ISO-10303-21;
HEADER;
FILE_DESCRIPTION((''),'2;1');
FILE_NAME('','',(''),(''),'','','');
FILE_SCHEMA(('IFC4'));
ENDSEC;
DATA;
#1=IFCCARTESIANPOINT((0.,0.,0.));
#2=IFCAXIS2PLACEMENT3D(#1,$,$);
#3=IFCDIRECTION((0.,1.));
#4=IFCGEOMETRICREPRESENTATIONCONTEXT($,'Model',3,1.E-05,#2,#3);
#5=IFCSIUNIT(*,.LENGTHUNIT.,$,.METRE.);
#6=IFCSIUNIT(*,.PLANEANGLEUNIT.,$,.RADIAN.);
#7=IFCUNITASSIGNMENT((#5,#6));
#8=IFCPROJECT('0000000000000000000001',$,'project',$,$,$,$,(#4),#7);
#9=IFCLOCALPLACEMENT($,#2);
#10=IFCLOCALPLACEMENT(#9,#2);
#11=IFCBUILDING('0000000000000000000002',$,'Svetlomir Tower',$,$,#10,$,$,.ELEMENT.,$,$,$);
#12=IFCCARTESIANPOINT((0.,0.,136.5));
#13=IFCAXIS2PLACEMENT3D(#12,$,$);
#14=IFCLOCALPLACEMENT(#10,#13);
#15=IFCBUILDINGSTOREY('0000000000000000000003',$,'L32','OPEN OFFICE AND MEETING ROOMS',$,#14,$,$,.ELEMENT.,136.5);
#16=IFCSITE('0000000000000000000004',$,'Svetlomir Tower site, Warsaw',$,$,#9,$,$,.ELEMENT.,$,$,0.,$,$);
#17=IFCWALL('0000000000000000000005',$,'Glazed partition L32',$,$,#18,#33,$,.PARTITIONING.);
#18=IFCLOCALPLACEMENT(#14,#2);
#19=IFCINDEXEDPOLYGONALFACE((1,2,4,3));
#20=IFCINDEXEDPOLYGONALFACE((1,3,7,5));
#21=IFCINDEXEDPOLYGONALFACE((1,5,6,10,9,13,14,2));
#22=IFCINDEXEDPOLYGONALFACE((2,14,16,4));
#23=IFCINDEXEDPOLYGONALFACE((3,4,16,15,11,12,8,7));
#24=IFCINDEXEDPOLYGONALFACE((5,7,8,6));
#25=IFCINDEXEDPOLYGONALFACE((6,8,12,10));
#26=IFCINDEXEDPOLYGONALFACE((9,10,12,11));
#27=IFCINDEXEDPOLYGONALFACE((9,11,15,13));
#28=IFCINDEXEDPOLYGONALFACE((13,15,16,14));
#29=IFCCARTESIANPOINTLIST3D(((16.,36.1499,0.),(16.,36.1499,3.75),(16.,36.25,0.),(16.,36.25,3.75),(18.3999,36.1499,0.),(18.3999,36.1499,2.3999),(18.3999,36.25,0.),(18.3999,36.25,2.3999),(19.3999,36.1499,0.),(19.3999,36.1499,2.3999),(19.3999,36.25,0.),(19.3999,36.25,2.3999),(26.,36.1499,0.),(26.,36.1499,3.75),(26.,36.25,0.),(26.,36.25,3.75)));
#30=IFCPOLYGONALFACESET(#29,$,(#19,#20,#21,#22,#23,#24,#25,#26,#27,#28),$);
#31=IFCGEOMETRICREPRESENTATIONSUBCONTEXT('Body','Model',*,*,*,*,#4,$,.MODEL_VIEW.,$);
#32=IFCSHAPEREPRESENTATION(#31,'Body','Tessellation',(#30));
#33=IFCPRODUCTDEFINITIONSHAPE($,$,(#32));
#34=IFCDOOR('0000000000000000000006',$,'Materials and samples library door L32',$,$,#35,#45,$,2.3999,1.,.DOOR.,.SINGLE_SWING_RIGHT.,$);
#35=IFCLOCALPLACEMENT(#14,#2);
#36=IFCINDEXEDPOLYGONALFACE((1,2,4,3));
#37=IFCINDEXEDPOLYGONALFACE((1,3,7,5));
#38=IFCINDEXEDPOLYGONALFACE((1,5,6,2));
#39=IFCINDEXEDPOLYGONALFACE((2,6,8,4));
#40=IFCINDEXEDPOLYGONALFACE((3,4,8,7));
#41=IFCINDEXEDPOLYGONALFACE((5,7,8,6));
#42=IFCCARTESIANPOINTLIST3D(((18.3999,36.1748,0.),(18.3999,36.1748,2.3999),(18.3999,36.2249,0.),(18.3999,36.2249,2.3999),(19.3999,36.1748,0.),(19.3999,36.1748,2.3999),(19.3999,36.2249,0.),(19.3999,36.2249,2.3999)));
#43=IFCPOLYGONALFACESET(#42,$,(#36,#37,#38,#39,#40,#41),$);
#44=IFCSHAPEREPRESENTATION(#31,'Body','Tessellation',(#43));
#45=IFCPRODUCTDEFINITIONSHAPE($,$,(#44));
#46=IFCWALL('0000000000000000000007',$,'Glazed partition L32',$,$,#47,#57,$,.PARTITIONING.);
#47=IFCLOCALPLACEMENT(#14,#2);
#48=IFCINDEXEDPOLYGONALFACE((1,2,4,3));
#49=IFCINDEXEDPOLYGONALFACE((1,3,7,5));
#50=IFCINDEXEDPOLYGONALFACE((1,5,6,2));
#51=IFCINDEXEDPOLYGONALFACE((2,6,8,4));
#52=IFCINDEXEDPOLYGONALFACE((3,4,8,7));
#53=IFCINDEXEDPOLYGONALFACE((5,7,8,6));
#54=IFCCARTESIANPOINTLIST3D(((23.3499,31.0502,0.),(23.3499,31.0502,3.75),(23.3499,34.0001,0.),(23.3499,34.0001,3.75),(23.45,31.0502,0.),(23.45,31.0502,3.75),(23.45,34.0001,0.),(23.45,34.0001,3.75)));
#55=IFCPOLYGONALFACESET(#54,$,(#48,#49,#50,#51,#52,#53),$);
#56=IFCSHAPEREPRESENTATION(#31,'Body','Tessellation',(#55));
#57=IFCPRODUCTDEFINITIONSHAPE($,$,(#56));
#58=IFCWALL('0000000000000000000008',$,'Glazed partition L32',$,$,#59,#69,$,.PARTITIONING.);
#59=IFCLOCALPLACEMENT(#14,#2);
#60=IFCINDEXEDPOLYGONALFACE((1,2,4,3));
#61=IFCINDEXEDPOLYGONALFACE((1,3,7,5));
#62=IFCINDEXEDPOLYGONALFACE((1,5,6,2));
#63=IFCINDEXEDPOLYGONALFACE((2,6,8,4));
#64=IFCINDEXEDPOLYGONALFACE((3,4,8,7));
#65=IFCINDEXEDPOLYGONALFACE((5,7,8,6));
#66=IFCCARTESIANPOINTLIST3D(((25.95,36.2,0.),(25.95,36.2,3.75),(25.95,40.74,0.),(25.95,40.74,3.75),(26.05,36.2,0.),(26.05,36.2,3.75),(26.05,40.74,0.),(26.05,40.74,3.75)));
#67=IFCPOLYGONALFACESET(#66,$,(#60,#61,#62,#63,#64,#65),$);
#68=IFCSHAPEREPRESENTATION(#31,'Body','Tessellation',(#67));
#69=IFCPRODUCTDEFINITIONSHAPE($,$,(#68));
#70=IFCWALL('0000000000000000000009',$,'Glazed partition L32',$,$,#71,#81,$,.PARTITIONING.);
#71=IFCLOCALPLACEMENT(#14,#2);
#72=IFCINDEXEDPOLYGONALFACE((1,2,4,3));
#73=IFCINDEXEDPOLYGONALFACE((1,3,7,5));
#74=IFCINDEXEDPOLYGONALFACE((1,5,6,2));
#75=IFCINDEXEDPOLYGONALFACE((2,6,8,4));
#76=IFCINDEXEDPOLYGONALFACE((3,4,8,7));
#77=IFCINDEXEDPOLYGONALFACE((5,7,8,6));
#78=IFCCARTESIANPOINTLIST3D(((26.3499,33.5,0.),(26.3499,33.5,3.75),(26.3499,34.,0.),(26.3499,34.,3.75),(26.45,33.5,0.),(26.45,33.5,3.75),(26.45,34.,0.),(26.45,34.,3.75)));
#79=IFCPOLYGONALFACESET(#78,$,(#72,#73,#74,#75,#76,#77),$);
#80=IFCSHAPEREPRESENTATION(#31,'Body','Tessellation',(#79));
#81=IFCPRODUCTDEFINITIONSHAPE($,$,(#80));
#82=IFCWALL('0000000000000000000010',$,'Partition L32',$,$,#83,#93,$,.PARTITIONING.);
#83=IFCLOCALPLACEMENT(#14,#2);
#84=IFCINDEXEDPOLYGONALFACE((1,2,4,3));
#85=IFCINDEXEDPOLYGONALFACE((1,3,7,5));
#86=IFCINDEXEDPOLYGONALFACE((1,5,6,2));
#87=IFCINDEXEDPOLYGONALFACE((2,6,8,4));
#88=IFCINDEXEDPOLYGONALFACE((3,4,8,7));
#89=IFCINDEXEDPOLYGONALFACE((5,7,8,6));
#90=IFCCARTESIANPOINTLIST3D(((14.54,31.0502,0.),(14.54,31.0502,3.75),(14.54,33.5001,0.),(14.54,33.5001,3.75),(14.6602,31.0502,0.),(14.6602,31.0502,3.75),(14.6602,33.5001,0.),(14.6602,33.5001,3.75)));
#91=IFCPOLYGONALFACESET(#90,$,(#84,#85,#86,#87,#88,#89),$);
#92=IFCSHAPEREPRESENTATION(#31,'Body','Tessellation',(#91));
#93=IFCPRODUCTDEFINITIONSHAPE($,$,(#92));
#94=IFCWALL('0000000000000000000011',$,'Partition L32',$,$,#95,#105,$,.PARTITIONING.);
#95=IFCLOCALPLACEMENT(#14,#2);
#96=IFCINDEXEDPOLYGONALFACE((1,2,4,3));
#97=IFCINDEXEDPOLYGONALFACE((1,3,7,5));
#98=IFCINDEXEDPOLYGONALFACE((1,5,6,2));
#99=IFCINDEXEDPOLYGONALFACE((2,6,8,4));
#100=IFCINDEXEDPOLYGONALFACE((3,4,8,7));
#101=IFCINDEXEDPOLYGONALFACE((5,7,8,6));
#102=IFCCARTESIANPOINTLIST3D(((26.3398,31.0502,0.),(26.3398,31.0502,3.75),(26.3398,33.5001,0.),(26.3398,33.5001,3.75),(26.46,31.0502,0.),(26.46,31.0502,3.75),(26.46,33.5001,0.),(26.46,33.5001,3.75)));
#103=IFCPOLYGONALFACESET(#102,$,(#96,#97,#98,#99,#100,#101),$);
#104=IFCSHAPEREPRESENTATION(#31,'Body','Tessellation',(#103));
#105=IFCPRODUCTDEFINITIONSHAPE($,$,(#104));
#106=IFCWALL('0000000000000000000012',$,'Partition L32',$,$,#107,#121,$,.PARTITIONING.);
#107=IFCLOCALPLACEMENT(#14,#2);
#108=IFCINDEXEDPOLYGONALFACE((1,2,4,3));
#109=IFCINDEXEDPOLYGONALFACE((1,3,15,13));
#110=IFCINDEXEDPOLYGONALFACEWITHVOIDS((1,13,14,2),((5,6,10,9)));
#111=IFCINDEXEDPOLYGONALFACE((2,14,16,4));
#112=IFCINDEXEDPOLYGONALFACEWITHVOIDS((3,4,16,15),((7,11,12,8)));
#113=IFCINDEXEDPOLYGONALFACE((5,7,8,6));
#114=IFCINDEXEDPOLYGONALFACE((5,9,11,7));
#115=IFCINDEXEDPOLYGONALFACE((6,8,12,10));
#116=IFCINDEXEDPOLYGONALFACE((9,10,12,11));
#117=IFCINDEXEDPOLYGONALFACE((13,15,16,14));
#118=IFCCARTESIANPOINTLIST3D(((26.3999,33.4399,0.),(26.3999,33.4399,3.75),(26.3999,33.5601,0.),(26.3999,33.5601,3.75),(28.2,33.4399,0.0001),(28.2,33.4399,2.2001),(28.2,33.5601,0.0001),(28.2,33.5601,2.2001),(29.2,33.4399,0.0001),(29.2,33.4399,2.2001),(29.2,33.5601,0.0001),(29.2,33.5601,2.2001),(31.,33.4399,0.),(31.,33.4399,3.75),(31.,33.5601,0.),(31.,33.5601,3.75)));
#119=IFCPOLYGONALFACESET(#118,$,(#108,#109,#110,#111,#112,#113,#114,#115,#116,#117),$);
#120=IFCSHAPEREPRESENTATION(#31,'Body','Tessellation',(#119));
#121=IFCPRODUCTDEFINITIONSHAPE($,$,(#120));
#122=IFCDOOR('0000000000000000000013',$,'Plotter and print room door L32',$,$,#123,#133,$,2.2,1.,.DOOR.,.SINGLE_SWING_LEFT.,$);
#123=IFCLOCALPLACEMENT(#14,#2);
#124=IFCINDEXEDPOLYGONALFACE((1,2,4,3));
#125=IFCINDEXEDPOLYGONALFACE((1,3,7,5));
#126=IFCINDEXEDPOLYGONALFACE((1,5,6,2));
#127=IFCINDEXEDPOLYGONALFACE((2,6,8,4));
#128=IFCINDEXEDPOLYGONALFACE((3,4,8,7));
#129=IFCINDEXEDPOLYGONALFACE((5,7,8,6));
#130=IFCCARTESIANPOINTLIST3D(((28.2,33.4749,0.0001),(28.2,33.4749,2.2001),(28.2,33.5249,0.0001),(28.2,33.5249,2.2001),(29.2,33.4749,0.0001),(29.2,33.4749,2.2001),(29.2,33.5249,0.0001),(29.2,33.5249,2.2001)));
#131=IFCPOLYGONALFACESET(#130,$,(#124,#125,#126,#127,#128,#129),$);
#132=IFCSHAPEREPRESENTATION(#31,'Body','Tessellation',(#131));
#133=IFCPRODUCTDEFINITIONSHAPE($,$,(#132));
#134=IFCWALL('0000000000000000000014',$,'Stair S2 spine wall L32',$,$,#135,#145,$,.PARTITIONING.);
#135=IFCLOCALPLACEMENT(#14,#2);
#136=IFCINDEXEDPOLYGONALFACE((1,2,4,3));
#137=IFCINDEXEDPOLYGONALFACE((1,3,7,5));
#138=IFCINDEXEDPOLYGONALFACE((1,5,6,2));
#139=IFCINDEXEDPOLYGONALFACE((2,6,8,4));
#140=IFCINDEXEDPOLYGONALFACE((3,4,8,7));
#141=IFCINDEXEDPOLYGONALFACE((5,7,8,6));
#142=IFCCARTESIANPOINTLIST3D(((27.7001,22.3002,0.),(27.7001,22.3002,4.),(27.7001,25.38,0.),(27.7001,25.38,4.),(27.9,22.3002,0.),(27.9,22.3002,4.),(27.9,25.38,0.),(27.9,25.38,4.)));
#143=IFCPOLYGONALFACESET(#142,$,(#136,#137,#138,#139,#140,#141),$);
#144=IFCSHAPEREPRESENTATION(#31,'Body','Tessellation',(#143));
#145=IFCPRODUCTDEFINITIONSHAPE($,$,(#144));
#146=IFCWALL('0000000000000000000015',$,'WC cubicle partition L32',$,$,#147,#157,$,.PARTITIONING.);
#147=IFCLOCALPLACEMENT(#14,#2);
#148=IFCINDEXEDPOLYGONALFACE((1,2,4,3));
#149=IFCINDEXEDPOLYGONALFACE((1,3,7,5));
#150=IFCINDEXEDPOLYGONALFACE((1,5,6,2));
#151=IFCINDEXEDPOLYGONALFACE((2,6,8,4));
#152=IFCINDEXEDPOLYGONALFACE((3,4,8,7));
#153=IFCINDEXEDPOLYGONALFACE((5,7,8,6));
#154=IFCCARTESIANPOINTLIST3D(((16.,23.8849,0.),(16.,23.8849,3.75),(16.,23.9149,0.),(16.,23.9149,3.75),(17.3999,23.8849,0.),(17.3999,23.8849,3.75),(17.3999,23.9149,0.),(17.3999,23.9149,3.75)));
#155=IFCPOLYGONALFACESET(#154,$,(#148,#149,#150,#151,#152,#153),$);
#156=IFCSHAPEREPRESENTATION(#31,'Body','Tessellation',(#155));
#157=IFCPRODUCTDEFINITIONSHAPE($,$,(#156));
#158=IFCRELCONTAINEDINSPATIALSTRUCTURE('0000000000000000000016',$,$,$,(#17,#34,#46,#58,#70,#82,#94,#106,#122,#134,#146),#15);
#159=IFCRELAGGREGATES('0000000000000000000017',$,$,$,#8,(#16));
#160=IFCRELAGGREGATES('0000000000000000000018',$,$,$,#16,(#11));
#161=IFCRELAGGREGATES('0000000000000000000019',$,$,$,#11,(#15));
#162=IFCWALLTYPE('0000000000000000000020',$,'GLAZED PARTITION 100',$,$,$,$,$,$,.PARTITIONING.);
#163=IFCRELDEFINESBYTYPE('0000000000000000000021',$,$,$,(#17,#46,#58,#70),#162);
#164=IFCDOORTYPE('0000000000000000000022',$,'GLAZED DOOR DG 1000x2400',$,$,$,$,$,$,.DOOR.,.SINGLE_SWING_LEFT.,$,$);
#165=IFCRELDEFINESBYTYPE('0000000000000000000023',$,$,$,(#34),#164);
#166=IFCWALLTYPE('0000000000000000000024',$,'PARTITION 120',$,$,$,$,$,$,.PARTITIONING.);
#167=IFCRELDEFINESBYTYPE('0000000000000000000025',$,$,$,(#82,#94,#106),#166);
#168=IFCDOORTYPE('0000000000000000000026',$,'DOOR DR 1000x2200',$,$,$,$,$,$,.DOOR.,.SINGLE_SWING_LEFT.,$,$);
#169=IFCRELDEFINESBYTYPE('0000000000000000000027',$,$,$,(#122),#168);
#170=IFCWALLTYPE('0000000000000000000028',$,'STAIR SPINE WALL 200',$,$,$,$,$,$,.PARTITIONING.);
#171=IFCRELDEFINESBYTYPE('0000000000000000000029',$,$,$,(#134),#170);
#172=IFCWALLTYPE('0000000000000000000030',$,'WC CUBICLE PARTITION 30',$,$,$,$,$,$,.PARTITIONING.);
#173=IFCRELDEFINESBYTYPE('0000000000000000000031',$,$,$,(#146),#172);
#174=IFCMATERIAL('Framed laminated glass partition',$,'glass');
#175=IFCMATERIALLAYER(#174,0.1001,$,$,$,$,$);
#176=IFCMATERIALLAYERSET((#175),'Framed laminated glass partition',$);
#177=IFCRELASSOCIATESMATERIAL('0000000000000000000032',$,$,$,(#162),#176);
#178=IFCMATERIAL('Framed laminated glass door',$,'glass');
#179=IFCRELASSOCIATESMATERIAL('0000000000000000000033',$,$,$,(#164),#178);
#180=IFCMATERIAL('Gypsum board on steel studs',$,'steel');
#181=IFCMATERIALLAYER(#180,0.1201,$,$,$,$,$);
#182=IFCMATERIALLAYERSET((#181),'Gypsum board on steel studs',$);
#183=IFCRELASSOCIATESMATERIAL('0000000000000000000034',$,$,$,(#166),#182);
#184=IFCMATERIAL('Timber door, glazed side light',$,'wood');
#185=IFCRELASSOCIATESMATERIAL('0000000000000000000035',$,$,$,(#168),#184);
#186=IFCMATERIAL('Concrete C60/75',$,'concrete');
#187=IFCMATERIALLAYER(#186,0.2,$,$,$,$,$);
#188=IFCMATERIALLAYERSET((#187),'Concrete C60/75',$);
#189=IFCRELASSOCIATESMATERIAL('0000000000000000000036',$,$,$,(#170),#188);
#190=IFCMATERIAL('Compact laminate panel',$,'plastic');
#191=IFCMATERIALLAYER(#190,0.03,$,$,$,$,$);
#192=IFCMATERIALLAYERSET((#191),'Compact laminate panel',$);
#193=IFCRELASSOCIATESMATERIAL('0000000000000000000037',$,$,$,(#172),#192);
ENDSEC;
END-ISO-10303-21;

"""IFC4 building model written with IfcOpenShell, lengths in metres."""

from ifc_helpers import new_model, si_unit, direction, frame, frame_2d, origin, place, context, subcontext, project, spatial, rectangle, extrude, material, layer, layer_set, type_object, element, fill, save


model = new_model("IFC4")

# Units and contexts
model_context = context("Model", 3, precision=1e-05, world=origin(), true_north=direction((0.0, 1.0)))
body_context = subcontext(model_context, "Body", "Model", "MODEL_VIEW")
ifc_project = project(units=[si_unit("LENGTHUNIT", "METRE"), si_unit("PLANEANGLEUNIT", "RADIAN")], contexts=[model_context])

# Site, building, storey
site_placement = place(None, origin())
site = spatial("IfcSite", under=ifc_project, at=site_placement, Name="Svetlomir Tower site, Warsaw", CompositionType="ELEMENT", RefElevation=0.0)
building_placement = place(site_placement, origin())
building = spatial("IfcBuilding", under=site, at=building_placement, Name="Svetlomir Tower", CompositionType="ELEMENT")
storey_placement = place(building_placement, frame((0.0, 0.0, 136.5)))
storey = spatial("IfcBuildingStorey", under=building, at=storey_placement, Name="L32", Description="OPEN OFFICE AND MEETING ROOMS", CompositionType="ELEMENT", Elevation=136.5)

# Shared definitions
ifc_material_1 = material(Name="Framed laminated glass partition", Category="glass")
ifc_layer_1 = layer(ifc_material_1, 0.1001)
ifc_layer_set_1 = layer_set([ifc_layer_1], Name="Framed laminated glass partition")
wall_type_1 = type_object("IfcWallType", Name="GLAZED PARTITION 100", PredefinedType="PARTITIONING", material=ifc_layer_set_1)

# Wall, opening, door
wall_1_placement = place(storey_placement, frame((16.0, 36.2, 0.0), z_axis=(0.0, 0.0, 1.0), x_axis=(1.0, 0.0, 0.0)))
wall_1 = element("IfcWall", 1, at=wall_1_placement, inside=storey, type_object=wall_type_1, Name="Glazed partition L32", PredefinedType="PARTITIONING", context=body_context, shape_type="SweptSolid", body=[
    extrude(rectangle(XDim=10.0, YDim=0.1001, at=frame_2d((5.0, 0.0))), origin(), (0.0, 0.0, 1.0), 3.75),
])
opening_1_placement = place(wall_1_placement, frame((2.3999, 0.0, 0.0)))
opening_1 = element("IfcOpeningElement", 2, at=opening_1_placement, cuts=wall_1, PredefinedType="OPENING", context=body_context, shape_type="SweptSolid", body=[
    extrude(rectangle(XDim=1.0, YDim=2.3999, at=frame_2d((0.5, 1.2))), frame((0.0, 0.0601, 0.0), z_axis=(0.0, -1.0, 0.0), x_axis=(1.0, 0.0, 0.0)), (0.0, 0.0, 1.0), 0.1201),
])
ifc_material_2 = material(Name="Framed laminated glass door", Category="glass")
door_type_1 = type_object("IfcDoorType", Name="GLAZED DOOR DG 1000x2400", OperationType="SINGLE_SWING_LEFT", PredefinedType="DOOR", material=ifc_material_2)
door_1_placement = place(opening_1_placement, origin())
door_1 = element("IfcDoor", 3, at=door_1_placement, inside=storey, type_object=door_type_1, Name="Materials and samples library door L32", OperationType="SINGLE_SWING_RIGHT", OverallHeight=2.3999, OverallWidth=1.0, PredefinedType="DOOR", context=body_context, shape_type="SweptSolid", body=[
    extrude(rectangle(XDim=1.0, YDim=2.3999, at=frame_2d((0.5, 1.2))), frame((0.0, 0.0249, 0.0), z_axis=(0.0, -1.0, 0.0), x_axis=(1.0, 0.0, 0.0)), (0.0, 0.0, 1.0), 0.05),
])
fill(opening_1, door_1)

# Wall
wall_2_placement = place(storey_placement, frame((23.3999, 31.05, 0.0), z_axis=(0.0, 0.0, 1.0), x_axis=(0.0, 1.0, 0.0)))
element("IfcWall", 4, at=wall_2_placement, inside=storey, type_object=wall_type_1, Name="Glazed partition L32", PredefinedType="PARTITIONING", context=body_context, shape_type="SweptSolid", body=[
    extrude(rectangle(XDim=2.95, YDim=0.1001, at=frame_2d((1.4751, 0.0))), origin(), (0.0, 0.0, 1.0), 3.75),
])

# Walls
wall_3_placement = place(storey_placement, frame((26.0, 36.2, 0.0), z_axis=(0.0, 0.0, 1.0), x_axis=(0.0, 1.0, 0.0)))
element("IfcWall", 5, at=wall_3_placement, inside=storey, type_object=wall_type_1, Name="Glazed partition L32", PredefinedType="PARTITIONING", context=body_context, shape_type="SweptSolid", body=[
    extrude(rectangle(XDim=4.54, YDim=0.1001, at=frame_2d((2.27, 0.0))), origin(), (0.0, 0.0, 1.0), 3.75),
])
wall_4_placement = place(storey_placement, frame((26.3999, 33.5, 0.0), z_axis=(0.0, 0.0, 1.0), x_axis=(0.0, 1.0, 0.0)))
element("IfcWall", 6, at=wall_4_placement, inside=storey, type_object=wall_type_1, Name="Glazed partition L32", PredefinedType="PARTITIONING", context=body_context, shape_type="SweptSolid", body=[
    extrude(rectangle(XDim=0.5, YDim=0.1001, at=frame_2d((0.25, 0.0))), origin(), (0.0, 0.0, 1.0), 3.75),
])
ifc_material_3 = material(Name="Gypsum board on steel studs", Category="steel")
ifc_layer_2 = layer(ifc_material_3, 0.1201)
ifc_layer_set_2 = layer_set([ifc_layer_2], Name="Gypsum board on steel studs")
wall_type_2 = type_object("IfcWallType", Name="PARTITION 120", PredefinedType="PARTITIONING", material=ifc_layer_set_2)
for number, where, z_axis, x_axis, name in (
    (7, (14.6001, 31.05, 0.0), (0.0, 0.0, 1.0), (0.0, 1.0, 0.0), "Partition L32"),
    (8, (26.3999, 31.05, 0.0), (0.0, 0.0, 1.0), (0.0, 1.0, 0.0), "Partition L32"),
):
    element("IfcWall", number, at=place(storey_placement, frame(where, z_axis=z_axis, x_axis=x_axis)), inside=storey, type_object=wall_type_2, Name=name, PredefinedType="PARTITIONING", context=body_context, shape_type="SweptSolid", body=[
        extrude(rectangle(XDim=2.45, YDim=0.1201, at=frame_2d((1.2251, 0.0))), origin(), (0.0, 0.0, 1.0), 3.75),
    ])

# Wall, opening, door
wall_5_placement = place(storey_placement, frame((26.3999, 33.5, 0.0), z_axis=(0.0, 0.0, 1.0), x_axis=(1.0, 0.0, 0.0)))
wall_5 = element("IfcWall", 9, at=wall_5_placement, inside=storey, type_object=wall_type_2, Name="Partition L32", PredefinedType="PARTITIONING", context=body_context, shape_type="SweptSolid", body=[
    extrude(rectangle(XDim=4.6001, YDim=0.1201, at=frame_2d((2.3, 0.0))), origin(), (0.0, 0.0, 1.0), 3.75),
])
opening_2_placement = place(wall_5_placement, frame((1.8, 0.0, 0.0)))
opening_2 = element("IfcOpeningElement", 10, at=opening_2_placement, cuts=wall_5, PredefinedType="OPENING", context=body_context, shape_type="SweptSolid", body=[
    extrude(rectangle(XDim=1.0, YDim=2.2, at=frame_2d((0.5, 1.1001))), frame((0.0, 0.0701, 0.0), z_axis=(0.0, -1.0, 0.0), x_axis=(1.0, 0.0, 0.0)), (0.0, 0.0, 1.0), 0.1401),
])
ifc_material_4 = material(Name="Timber door, glazed side light", Category="wood")
door_type_2 = type_object("IfcDoorType", Name="DOOR DR 1000x2200", OperationType="SINGLE_SWING_LEFT", PredefinedType="DOOR", material=ifc_material_4)
door_2_placement = place(opening_2_placement, origin())
door_2 = element("IfcDoor", 11, at=door_2_placement, inside=storey, type_object=door_type_2, Name="Plotter and print room door L32", OperationType="SINGLE_SWING_LEFT", OverallHeight=2.2, OverallWidth=1.0, PredefinedType="DOOR", context=body_context, shape_type="SweptSolid", body=[
    extrude(rectangle(XDim=1.0, YDim=2.2, at=frame_2d((0.5, 1.1001))), frame((0.0, 0.0249, 0.0), z_axis=(0.0, -1.0, 0.0), x_axis=(1.0, 0.0, 0.0)), (0.0, 0.0, 1.0), 0.05),
])
fill(opening_2, door_2)

# Walls
ifc_material_5 = material(Name="Concrete C60/75", Category="concrete")
ifc_layer_3 = layer(ifc_material_5, 0.2)
ifc_layer_set_3 = layer_set([ifc_layer_3], Name="Concrete C60/75")
wall_type_3 = type_object("IfcWallType", Name="STAIR SPINE WALL 200", PredefinedType="PARTITIONING", material=ifc_layer_set_3)
wall_6_placement = place(storey_placement, frame((27.8, 22.3, 0.0), z_axis=(0.0, 0.0, 1.0), x_axis=(0.0, 1.0, 0.0)))
element("IfcWall", 12, at=wall_6_placement, inside=storey, type_object=wall_type_3, Name="Stair S2 spine wall L32", PredefinedType="PARTITIONING", context=body_context, shape_type="SweptSolid", body=[
    extrude(rectangle(XDim=3.0798, YDim=0.2, at=frame_2d((1.54, 0.0))), origin(), (0.0, 0.0, 1.0), 4.0),
])
ifc_material_6 = material(Name="Compact laminate panel", Category="plastic")
ifc_layer_4 = layer(ifc_material_6, 0.03)
ifc_layer_set_4 = layer_set([ifc_layer_4], Name="Compact laminate panel")
wall_type_4 = type_object("IfcWallType", Name="WC CUBICLE PARTITION 30", PredefinedType="PARTITIONING", material=ifc_layer_set_4)
wall_7_placement = place(storey_placement, frame((16.0, 23.8999, 0.0), z_axis=(0.0, 0.0, 1.0), x_axis=(1.0, 0.0, 0.0)))
element("IfcWall", 13, at=wall_7_placement, inside=storey, type_object=wall_type_4, Name="WC cubicle partition L32", PredefinedType="PARTITIONING", context=body_context, shape_type="SweptSolid", body=[
    extrude(rectangle(XDim=1.3999, YDim=0.03, at=frame_2d((0.7, 0.0))), origin(), (0.0, 0.0, 1.0), 3.75),
])

save(model, "model.ifc")
